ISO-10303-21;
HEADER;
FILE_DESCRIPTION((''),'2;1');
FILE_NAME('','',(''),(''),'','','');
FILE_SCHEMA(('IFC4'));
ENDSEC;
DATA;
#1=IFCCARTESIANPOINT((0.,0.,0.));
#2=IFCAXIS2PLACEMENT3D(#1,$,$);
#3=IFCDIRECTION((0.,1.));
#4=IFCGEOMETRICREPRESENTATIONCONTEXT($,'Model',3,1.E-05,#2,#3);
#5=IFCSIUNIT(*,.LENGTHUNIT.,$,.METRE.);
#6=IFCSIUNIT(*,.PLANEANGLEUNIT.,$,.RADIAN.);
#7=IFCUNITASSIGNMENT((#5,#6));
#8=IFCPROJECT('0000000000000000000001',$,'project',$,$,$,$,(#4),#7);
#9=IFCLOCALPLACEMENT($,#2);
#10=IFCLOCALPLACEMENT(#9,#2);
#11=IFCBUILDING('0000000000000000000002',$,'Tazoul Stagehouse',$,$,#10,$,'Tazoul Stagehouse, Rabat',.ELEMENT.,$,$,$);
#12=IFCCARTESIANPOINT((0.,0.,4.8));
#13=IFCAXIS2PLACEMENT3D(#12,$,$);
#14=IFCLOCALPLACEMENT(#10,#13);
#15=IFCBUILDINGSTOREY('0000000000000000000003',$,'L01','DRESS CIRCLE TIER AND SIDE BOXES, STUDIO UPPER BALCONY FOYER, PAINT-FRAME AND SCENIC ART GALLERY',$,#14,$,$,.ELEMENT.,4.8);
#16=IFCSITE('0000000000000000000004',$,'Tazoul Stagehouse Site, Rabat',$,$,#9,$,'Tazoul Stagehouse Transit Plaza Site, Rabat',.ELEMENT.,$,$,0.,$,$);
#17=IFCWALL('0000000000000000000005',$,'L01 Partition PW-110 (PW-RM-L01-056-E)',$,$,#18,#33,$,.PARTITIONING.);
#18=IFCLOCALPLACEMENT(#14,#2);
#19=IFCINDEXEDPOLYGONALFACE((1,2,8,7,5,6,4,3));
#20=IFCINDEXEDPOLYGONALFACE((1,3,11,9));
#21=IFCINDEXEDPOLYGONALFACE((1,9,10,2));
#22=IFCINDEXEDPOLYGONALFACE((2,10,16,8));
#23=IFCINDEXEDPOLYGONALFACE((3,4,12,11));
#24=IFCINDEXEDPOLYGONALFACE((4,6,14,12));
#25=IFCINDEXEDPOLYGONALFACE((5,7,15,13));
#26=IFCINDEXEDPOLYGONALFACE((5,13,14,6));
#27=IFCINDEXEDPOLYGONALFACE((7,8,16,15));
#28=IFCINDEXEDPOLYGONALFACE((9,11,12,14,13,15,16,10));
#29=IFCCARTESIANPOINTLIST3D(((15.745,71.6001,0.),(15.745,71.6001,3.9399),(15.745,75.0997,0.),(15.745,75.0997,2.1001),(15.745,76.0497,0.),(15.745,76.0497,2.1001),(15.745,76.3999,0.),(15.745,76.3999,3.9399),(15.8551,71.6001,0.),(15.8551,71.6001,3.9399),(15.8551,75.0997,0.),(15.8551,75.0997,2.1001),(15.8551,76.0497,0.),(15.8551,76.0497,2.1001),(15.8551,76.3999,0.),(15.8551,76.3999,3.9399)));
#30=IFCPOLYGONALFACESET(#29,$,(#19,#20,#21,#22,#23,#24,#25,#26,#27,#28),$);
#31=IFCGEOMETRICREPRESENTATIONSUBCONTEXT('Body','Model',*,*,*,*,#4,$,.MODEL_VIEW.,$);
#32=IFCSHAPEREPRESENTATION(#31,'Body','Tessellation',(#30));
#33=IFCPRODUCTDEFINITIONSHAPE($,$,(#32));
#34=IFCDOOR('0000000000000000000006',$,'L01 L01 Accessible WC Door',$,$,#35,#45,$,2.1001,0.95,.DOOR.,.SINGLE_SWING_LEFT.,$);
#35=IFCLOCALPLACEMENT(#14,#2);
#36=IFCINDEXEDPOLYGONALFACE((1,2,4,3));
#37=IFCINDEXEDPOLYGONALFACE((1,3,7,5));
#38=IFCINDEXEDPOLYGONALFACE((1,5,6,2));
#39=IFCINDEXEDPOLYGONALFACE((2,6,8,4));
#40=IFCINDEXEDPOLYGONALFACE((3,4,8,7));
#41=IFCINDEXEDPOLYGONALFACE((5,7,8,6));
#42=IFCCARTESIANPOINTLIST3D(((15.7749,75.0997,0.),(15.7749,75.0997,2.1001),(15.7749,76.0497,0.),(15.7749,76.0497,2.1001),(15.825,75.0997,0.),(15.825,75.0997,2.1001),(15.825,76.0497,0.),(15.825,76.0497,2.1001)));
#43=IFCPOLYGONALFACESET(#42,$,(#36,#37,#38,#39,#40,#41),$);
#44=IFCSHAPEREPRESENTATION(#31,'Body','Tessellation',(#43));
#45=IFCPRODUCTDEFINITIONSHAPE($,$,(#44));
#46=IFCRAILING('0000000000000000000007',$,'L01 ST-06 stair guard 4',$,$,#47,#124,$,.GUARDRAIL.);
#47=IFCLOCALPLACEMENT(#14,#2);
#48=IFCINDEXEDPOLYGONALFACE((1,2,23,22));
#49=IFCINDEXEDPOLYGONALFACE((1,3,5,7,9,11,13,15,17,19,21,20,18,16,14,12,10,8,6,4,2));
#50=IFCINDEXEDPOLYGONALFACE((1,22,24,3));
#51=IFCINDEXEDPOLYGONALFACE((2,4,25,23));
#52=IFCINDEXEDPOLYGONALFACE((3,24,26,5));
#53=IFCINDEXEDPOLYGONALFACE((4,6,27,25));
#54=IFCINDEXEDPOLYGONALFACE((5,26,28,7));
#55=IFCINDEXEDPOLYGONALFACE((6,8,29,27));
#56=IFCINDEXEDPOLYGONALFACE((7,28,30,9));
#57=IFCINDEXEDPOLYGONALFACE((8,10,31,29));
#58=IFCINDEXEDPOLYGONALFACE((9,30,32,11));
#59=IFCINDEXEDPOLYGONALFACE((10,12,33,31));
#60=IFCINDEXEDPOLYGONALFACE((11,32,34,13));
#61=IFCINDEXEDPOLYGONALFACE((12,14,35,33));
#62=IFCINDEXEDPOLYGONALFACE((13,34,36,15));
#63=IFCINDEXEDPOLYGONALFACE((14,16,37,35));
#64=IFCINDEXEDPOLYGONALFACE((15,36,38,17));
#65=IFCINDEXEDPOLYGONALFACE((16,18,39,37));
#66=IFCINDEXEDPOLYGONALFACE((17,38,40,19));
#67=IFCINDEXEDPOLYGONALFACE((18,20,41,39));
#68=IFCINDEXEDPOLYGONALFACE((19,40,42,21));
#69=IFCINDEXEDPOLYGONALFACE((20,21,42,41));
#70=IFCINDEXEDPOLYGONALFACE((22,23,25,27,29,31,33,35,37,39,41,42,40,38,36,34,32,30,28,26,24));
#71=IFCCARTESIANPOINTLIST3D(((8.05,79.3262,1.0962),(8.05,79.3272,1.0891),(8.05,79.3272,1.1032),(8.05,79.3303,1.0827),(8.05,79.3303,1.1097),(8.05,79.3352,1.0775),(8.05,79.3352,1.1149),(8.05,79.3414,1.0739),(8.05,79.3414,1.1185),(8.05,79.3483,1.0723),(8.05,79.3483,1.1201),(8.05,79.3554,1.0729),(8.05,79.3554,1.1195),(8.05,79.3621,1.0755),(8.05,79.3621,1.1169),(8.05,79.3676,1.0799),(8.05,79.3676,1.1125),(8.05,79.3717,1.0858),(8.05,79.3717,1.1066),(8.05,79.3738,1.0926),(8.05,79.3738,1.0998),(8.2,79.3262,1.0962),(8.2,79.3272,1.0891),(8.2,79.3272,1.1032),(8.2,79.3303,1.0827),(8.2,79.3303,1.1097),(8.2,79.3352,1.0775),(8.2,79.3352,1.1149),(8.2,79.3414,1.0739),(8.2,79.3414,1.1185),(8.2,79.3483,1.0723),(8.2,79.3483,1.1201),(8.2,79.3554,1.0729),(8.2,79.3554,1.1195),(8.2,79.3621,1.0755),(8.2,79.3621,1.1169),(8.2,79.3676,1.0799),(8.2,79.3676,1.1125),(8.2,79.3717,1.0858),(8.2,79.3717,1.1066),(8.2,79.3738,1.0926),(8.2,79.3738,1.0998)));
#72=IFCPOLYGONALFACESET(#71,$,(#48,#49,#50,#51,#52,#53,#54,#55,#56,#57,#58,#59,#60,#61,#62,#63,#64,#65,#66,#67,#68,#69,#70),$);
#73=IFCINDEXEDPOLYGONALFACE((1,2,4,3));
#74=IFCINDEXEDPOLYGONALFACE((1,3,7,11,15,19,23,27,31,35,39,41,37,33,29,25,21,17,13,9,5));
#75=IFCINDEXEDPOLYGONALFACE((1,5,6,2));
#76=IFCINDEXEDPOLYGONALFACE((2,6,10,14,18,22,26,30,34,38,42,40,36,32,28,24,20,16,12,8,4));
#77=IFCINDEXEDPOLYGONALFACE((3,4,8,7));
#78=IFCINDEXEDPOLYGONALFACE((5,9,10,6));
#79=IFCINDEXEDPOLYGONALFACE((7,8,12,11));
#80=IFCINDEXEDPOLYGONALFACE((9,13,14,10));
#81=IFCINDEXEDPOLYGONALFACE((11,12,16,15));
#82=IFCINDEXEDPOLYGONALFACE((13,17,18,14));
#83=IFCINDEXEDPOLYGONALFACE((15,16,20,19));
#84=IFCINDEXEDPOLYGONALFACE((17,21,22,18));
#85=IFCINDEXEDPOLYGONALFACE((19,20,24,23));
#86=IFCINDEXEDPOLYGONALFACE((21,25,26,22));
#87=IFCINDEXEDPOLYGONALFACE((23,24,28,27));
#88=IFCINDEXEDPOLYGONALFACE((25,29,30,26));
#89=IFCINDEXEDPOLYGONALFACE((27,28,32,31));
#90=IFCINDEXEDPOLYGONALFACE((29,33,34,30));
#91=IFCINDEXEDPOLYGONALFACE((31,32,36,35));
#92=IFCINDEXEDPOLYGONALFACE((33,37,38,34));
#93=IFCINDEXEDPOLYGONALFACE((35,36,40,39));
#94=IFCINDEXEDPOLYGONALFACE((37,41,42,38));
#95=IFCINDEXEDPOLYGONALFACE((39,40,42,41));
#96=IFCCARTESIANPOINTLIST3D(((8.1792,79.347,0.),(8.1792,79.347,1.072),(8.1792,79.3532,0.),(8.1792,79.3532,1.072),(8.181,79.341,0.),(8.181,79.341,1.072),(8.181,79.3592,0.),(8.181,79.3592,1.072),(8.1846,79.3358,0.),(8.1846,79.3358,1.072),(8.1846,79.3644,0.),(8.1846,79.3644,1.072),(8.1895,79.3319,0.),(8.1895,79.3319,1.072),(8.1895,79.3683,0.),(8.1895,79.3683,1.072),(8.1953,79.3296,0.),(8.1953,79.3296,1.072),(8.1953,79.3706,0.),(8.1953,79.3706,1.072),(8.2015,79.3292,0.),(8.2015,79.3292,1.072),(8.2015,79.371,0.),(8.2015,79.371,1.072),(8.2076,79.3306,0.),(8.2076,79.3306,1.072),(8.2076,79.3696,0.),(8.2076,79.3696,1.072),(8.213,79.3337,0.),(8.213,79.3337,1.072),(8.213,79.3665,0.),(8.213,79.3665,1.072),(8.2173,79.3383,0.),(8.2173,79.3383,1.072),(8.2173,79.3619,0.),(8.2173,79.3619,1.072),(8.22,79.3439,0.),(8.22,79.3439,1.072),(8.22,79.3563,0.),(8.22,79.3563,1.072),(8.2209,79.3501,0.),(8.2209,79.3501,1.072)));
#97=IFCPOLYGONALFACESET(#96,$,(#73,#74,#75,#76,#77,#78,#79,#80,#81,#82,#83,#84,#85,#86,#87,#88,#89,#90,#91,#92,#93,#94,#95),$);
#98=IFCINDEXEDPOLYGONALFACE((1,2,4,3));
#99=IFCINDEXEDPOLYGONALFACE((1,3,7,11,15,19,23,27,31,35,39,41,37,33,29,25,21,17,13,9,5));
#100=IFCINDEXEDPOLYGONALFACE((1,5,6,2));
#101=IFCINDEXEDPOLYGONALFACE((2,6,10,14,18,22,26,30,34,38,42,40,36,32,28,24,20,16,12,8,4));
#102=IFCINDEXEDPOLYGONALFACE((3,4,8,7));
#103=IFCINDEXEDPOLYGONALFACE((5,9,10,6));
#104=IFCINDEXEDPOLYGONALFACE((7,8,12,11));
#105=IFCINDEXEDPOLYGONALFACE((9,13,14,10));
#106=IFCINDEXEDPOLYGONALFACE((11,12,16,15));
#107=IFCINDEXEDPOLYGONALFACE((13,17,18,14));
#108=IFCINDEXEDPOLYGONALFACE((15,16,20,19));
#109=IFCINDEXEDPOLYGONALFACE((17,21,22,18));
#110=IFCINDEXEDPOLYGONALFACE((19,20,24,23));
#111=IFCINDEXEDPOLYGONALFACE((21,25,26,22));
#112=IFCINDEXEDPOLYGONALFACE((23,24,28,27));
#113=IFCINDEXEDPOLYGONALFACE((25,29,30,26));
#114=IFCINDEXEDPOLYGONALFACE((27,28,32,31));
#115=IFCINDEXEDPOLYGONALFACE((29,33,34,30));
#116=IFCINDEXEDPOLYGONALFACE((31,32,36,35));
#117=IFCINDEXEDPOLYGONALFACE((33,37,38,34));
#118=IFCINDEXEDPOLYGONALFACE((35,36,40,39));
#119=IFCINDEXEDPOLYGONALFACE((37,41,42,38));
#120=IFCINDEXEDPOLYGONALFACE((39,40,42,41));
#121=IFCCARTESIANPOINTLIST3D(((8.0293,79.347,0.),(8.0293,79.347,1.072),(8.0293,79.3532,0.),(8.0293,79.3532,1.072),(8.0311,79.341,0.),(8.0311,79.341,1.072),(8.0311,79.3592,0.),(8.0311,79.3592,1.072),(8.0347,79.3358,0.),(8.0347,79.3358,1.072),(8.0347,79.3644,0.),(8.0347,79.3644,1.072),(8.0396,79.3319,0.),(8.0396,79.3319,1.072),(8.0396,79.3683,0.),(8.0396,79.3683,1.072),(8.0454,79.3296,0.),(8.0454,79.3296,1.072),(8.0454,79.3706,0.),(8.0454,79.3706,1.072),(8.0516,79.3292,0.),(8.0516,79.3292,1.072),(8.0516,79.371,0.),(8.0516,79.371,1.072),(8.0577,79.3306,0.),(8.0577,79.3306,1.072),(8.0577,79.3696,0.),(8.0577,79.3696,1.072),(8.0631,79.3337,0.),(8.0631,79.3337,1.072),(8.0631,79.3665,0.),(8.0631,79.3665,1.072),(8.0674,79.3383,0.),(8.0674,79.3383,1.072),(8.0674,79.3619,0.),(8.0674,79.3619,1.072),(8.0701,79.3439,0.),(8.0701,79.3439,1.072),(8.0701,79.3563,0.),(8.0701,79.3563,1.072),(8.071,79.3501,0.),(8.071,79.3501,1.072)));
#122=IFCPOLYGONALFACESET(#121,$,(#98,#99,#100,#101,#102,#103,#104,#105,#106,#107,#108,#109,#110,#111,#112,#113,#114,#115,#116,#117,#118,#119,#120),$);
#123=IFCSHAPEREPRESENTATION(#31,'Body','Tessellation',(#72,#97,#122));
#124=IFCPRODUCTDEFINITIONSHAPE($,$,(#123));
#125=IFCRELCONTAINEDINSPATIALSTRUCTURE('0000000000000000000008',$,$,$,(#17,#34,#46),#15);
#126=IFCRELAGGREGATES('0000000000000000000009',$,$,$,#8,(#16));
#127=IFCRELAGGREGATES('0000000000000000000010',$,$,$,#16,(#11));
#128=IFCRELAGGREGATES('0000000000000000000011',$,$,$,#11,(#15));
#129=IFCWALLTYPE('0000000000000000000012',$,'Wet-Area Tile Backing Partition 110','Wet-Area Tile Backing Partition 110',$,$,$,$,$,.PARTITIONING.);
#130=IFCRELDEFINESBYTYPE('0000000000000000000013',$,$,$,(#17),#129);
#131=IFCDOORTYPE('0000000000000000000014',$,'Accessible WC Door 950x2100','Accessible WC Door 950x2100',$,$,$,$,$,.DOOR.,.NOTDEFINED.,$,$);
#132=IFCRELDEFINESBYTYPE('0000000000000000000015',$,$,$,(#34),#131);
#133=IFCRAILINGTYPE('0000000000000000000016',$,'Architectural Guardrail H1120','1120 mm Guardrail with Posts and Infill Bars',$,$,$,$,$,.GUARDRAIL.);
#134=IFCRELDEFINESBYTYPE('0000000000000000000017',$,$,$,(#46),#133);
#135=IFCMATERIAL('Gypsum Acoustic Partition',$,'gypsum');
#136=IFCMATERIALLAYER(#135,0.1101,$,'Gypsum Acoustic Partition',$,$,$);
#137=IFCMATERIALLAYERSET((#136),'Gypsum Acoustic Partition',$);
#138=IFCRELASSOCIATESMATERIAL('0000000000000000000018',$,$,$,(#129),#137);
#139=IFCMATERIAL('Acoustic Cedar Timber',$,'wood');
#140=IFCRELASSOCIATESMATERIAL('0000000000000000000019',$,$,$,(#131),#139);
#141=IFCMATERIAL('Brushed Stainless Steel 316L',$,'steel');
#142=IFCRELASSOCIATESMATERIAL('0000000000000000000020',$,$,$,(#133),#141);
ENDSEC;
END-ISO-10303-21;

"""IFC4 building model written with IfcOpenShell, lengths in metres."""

from ifc_helpers import new_model, si_unit, direction, frame, frame_2d, origin, origin_2d, place, context, subcontext, project, spatial, rectangle, circle, extrude, material, layer, layer_set, material_profile, profile_set, type_object, element, fill, save


model = new_model("IFC4")

# Units and contexts
model_context = context("Model", 3, precision=1e-05, world=origin(), true_north=direction((0.0, 1.0)))
body_context = subcontext(model_context, "Body", "Model", "MODEL_VIEW")
ifc_project = project(units=[si_unit("LENGTHUNIT", "METRE"), si_unit("PLANEANGLEUNIT", "RADIAN")], contexts=[model_context])

# Site, building, storey
site_placement = place(None, origin())
site = spatial("IfcSite", under=ifc_project, at=site_placement, Name="Tazoul Stagehouse Site, Rabat", LongName="Tazoul Stagehouse Transit Plaza Site, Rabat", CompositionType="ELEMENT", RefElevation=0.0)
building_placement = place(site_placement, origin())
building = spatial("IfcBuilding", under=site, at=building_placement, Name="Tazoul Stagehouse", LongName="Tazoul Stagehouse, Rabat", CompositionType="ELEMENT")
storey_placement = place(building_placement, frame((0.0, 0.0, 4.8)))
storey = spatial("IfcBuildingStorey", under=building, at=storey_placement, Name="L01", Description="DRESS CIRCLE TIER AND SIDE BOXES, STUDIO UPPER BALCONY FOYER, PAINT-FRAME AND SCENIC ART GALLERY", CompositionType="ELEMENT", Elevation=4.8)

# Wall, opening, door
ifc_material_1 = material(Name="Gypsum Acoustic Partition", Category="gypsum")
ifc_layer_1 = layer(ifc_material_1, 0.1101, Name="Gypsum Acoustic Partition")
ifc_layer_set_1 = layer_set([ifc_layer_1], Name="Gypsum Acoustic Partition")
wall_type_1 = type_object("IfcWallType", Name="Wet-Area Tile Backing Partition 110", Description="Wet-Area Tile Backing Partition 110", PredefinedType="PARTITIONING", material=ifc_layer_set_1)
ifc_material_2 = material(Name="Acoustic Cedar Timber", Category="wood")
wall_1_placement = place(storey_placement, frame((15.8, 76.3999, 0.0), z_axis=(0.0, 0.0, 1.0), x_axis=(0.0, -1.0, 0.0)))
wall_1 = element("IfcWall", 1, at=wall_1_placement, inside=storey, type_object=wall_type_1, Name="L01 Partition PW-110 (PW-RM-L01-056-E)", PredefinedType="PARTITIONING", context=body_context, shape_type="SweptSolid", body=[
    extrude(rectangle(XDim=4.7998, YDim=0.1101, at=frame_2d((2.3999, 0.0))), origin(), (0.0, 0.0, 1.0), 3.9399),
])
opening_1_placement = place(wall_1_placement, frame((0.3501, 0.0, 0.0)))
opening_1 = element("IfcOpeningElement", 2, at=opening_1_placement, cuts=wall_1, PredefinedType="OPENING", context=body_context, shape_type="SweptSolid", body=[
    extrude(rectangle(XDim=0.95, YDim=2.1001, at=frame_2d((0.4751, 1.05))), frame((0.0, 0.075, 0.0), z_axis=(0.0, -1.0, 0.0), x_axis=(1.0, 0.0, 0.0)), (0.0, 0.0, 1.0), 0.1501),
])
door_type_1 = type_object("IfcDoorType", Name="Accessible WC Door 950x2100", Description="Accessible WC Door 950x2100", OperationType="NOTDEFINED", PredefinedType="DOOR", material=ifc_material_2)
door_1_placement = place(opening_1_placement, origin())
door_1 = element("IfcDoor", 3, at=door_1_placement, inside=storey, type_object=door_type_1, Name="L01 L01 Accessible WC Door", OperationType="SINGLE_SWING_LEFT", OverallHeight=2.1001, OverallWidth=0.95, PredefinedType="DOOR", context=body_context, shape_type="SweptSolid", body=[
    extrude(rectangle(XDim=0.95, YDim=2.1001, at=frame_2d((0.4751, 1.05))), frame((0.0, 0.0249, 0.0), z_axis=(0.0, -1.0, 0.0), x_axis=(1.0, 0.0, 0.0)), (0.0, 0.0, 1.0), 0.05),
])
fill(opening_1, door_1)

# Railing
ifc_material_3 = material(Name="Brushed Stainless Steel 316L", Category="steel")
ifc_material_profile_1 = material_profile(ifc_material_3, circle(Radius=0.0239, at=origin_2d()), Name="SS RAIL D48")
ifc_profile_set_1 = profile_set([ifc_material_profile_1], Name="Brushed Stainless Steel 316L")
railing_type = type_object("IfcRailingType", Name="Architectural Guardrail H1120", Description="1120 mm Guardrail with Posts and Infill Bars", PredefinedType="GUARDRAIL", material=ifc_profile_set_1)
railing_placement = place(storey_placement, frame((8.2, 79.3501, 0.0)))
element("IfcRailing", 4, at=railing_placement, inside=storey, type_object=railing_type, Name="L01 ST-06 stair guard 4", PredefinedType="GUARDRAIL", context=body_context, shape_type="SweptSolid", body=[
    extrude(circle(Radius=0.0239, at=origin_2d()), frame((0.0, 0.0, 1.0962), z_axis=(-1.0, 0.0, 0.0), x_axis=(0.0, -1.0, 0.0)), (0.0, 0.0, 1.0), 0.1499),
    extrude(circle(Radius=0.021, at=origin_2d()), origin(), (0.0, 0.0, 1.0), 1.072),
    extrude(circle(Radius=0.021, at=origin_2d()), frame((-0.1499, 0.0, 0.0)), (0.0, 0.0, 1.0), 1.072),
])

save(model, "model.ifc")
